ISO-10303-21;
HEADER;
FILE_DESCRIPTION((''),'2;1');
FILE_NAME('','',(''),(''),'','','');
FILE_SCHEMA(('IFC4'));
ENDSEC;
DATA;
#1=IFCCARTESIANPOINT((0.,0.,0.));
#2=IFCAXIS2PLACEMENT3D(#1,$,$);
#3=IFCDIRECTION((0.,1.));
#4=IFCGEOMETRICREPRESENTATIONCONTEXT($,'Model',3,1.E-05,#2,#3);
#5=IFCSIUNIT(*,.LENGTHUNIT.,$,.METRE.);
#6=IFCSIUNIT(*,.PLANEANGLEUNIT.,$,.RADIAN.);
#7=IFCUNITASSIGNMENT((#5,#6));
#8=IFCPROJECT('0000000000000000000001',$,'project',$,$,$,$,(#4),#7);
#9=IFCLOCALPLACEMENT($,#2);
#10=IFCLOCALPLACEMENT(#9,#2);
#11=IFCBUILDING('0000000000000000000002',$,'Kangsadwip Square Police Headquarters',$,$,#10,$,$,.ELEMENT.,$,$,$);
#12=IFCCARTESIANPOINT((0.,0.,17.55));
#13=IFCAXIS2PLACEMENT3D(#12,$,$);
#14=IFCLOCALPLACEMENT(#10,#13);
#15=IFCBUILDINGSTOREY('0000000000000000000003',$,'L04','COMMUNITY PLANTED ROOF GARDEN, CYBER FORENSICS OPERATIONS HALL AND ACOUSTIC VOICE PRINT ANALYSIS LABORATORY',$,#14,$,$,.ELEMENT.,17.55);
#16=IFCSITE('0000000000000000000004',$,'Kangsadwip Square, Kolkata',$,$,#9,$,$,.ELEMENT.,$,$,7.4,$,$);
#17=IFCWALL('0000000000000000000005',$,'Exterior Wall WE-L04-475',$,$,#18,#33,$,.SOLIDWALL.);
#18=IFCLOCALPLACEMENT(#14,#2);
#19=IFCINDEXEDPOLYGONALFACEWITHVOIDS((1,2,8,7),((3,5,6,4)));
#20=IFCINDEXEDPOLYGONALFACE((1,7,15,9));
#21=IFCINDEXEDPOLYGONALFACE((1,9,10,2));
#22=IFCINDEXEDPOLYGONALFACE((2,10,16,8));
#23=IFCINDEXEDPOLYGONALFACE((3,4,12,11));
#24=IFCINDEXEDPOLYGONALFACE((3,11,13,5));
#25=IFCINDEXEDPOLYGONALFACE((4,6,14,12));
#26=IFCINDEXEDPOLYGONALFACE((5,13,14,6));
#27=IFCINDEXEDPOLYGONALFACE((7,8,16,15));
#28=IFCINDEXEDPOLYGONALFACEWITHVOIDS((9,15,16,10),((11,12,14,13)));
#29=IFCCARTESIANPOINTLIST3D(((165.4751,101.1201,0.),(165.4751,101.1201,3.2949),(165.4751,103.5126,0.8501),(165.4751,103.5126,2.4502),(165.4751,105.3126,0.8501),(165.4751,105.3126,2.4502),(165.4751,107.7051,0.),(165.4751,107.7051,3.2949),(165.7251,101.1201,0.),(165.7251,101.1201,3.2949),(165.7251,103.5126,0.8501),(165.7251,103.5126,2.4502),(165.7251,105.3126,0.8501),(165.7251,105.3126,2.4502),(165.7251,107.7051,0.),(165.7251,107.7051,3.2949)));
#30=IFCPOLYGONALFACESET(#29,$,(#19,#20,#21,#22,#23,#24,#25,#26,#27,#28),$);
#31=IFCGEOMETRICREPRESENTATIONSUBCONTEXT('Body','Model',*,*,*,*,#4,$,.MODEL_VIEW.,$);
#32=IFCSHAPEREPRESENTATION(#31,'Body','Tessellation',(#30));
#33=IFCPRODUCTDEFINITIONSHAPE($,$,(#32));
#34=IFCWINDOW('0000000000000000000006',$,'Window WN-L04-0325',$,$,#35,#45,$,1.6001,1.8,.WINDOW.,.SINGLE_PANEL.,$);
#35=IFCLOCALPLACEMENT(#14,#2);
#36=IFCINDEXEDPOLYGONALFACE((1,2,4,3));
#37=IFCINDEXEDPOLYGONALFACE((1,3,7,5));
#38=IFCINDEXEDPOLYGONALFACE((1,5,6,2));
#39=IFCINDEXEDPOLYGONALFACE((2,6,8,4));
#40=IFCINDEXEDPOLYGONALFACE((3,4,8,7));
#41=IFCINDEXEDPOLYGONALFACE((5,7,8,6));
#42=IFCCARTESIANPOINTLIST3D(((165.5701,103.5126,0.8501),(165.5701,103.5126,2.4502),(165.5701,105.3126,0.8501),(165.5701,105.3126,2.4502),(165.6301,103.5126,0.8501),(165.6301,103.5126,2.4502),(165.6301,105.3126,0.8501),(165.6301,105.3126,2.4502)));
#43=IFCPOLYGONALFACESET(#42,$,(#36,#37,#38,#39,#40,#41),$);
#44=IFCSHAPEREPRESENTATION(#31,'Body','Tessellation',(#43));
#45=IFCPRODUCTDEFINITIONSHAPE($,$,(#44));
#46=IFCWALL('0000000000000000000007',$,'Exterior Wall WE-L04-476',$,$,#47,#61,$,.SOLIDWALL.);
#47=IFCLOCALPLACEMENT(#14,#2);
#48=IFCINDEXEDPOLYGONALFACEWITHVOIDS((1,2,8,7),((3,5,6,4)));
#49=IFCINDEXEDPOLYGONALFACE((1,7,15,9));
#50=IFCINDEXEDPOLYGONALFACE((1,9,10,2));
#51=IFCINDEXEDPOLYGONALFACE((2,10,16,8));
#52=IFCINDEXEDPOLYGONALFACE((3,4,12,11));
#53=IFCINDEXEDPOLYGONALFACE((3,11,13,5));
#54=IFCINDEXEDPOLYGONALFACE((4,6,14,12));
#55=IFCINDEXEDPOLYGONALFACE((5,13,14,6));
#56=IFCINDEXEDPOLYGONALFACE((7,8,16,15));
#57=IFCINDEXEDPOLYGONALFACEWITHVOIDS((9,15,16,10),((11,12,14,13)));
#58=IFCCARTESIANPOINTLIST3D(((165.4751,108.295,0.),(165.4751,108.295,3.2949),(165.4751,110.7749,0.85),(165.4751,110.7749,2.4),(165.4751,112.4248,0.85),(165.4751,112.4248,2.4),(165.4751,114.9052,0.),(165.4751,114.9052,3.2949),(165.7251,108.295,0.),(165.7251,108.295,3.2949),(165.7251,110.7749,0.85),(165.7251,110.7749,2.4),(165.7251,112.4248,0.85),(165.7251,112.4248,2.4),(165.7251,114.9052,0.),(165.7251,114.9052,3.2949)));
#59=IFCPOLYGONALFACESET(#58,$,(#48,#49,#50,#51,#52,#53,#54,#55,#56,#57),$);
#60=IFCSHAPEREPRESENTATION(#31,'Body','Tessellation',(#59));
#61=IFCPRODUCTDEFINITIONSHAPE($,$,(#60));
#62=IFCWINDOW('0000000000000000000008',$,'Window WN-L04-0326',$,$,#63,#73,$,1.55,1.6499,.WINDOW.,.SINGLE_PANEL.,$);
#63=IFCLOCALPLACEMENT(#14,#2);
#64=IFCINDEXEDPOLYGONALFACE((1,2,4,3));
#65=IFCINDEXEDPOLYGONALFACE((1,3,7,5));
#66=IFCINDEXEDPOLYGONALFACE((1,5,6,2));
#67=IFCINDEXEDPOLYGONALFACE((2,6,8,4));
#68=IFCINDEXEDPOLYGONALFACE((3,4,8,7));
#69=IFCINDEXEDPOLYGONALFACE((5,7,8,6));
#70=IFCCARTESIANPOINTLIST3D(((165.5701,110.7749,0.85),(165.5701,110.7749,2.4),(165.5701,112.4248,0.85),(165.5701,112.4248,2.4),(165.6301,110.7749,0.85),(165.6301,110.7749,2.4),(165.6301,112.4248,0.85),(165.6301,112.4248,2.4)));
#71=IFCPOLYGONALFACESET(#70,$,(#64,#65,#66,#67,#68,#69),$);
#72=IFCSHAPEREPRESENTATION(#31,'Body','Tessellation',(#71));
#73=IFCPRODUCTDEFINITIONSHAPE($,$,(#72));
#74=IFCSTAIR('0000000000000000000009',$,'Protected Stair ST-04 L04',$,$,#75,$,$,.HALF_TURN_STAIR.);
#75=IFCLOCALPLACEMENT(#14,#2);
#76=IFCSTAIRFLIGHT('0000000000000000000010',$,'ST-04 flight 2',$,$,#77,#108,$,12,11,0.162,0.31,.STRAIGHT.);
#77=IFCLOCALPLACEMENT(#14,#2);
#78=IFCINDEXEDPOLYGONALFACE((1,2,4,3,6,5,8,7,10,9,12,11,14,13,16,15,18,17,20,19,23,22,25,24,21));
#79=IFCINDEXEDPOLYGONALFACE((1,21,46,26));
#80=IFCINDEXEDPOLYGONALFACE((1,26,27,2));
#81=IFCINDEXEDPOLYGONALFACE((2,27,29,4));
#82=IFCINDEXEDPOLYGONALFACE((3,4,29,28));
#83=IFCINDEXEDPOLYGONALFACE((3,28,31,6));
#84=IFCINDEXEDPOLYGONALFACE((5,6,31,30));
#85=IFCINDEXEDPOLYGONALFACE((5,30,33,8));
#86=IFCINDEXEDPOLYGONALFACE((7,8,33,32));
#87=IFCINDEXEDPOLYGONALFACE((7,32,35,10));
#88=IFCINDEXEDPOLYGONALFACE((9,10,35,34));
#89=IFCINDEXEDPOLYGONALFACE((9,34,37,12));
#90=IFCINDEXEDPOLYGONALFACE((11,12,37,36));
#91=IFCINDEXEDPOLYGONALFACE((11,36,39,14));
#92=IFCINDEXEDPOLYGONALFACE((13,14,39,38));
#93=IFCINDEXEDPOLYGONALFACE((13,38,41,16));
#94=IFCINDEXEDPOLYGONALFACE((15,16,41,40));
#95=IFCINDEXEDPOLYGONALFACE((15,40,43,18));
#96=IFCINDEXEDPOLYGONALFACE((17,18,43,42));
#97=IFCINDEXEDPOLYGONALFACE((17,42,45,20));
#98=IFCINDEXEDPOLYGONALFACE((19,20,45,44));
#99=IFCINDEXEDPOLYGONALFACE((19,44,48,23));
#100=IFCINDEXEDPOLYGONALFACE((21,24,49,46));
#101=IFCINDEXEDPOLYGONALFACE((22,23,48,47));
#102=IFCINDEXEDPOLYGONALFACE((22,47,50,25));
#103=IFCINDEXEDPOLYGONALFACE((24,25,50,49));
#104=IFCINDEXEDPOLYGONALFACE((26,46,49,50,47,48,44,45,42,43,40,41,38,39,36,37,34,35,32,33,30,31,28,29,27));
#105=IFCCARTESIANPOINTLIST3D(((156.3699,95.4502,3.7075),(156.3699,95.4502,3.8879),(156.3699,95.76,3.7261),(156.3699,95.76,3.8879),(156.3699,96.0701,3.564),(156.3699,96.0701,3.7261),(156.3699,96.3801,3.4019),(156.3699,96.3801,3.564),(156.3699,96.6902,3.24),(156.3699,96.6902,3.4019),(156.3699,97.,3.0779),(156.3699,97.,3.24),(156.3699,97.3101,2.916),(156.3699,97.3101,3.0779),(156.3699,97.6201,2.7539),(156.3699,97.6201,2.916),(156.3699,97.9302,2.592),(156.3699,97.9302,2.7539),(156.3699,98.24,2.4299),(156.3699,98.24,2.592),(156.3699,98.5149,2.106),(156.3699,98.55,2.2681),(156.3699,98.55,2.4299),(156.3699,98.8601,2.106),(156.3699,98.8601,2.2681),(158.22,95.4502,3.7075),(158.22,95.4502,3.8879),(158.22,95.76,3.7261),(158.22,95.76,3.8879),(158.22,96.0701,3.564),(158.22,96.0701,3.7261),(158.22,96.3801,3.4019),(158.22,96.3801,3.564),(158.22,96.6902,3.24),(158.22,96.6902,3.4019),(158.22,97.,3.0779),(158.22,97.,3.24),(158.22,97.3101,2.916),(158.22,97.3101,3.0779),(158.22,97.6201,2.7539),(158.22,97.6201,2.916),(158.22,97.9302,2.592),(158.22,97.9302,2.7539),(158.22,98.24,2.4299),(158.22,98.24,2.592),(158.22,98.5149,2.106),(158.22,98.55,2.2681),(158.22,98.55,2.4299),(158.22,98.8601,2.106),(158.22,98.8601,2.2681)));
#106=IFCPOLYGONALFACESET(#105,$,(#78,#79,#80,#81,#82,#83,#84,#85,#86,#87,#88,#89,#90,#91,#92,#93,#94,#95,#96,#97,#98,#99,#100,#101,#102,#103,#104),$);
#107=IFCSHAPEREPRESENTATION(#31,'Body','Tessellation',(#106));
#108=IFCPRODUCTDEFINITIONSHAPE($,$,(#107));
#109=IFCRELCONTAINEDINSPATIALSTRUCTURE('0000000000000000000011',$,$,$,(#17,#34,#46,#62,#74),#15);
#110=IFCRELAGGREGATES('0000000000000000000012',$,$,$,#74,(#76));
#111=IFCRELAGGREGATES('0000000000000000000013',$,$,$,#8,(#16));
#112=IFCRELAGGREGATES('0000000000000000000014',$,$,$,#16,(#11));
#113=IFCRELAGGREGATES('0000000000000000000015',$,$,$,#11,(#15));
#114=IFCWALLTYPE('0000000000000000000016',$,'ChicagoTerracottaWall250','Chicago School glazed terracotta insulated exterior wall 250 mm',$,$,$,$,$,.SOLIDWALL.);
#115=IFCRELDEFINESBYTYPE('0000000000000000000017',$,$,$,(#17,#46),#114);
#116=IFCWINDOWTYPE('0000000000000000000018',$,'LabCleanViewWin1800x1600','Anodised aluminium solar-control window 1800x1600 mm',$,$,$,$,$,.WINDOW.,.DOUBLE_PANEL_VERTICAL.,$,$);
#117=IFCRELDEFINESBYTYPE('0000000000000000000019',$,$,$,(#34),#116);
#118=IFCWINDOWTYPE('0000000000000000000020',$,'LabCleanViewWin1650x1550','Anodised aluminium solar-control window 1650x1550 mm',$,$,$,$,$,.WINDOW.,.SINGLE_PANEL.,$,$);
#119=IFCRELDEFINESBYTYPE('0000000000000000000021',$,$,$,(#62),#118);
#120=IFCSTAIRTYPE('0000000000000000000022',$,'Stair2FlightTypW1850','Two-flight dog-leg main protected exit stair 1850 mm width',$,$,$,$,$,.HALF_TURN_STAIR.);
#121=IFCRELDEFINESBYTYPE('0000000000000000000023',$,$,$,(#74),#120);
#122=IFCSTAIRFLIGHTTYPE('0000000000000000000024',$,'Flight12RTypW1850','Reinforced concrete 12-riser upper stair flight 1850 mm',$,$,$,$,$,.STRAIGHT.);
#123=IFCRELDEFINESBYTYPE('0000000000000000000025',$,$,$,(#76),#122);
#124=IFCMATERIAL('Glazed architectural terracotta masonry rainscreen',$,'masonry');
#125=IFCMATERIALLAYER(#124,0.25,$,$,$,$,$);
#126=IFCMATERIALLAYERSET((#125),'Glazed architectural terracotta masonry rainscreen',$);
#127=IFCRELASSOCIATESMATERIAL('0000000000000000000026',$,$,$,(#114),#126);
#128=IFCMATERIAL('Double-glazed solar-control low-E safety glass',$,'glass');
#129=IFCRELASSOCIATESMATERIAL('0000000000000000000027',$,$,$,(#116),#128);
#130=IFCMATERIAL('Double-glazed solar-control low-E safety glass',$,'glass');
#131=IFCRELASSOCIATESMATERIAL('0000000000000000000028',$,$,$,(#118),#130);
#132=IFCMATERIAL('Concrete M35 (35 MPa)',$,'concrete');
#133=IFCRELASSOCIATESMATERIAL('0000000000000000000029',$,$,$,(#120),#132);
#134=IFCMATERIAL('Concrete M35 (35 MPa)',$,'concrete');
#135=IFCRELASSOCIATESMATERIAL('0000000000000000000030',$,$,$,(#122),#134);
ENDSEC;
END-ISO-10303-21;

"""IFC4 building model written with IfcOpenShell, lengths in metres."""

from ifc_helpers import new_model, si_unit, direction, frame, frame_2d, origin, place, context, subcontext, project, spatial, polyline, rectangle, outline, extrude, material, layer, layer_set, type_object, element, fill, aggregate, save


model = new_model("IFC4")

# Units and contexts
model_context = context("Model", 3, precision=1e-05, world=origin(), true_north=direction((0.0, 1.0)))
body_context = subcontext(model_context, "Body", "Model", "MODEL_VIEW")
ifc_project = project(units=[si_unit("LENGTHUNIT", "METRE"), si_unit("PLANEANGLEUNIT", "RADIAN")], contexts=[model_context])

# Site, building, storey
site_placement = place(None, origin())
site = spatial("IfcSite", under=ifc_project, at=site_placement, Name="Kangsadwip Square, Kolkata", CompositionType="ELEMENT", RefElevation=7.4)
building_placement = place(site_placement, origin())
building = spatial("IfcBuilding", under=site, at=building_placement, Name="Kangsadwip Square Police Headquarters", CompositionType="ELEMENT")
storey_placement = place(building_placement, frame((0.0, 0.0, 17.55)))
storey = spatial("IfcBuildingStorey", under=building, at=storey_placement, Name="L04", Description="COMMUNITY PLANTED ROOF GARDEN, CYBER FORENSICS OPERATIONS HALL AND ACOUSTIC VOICE PRINT ANALYSIS LABORATORY", CompositionType="ELEMENT", Elevation=17.55)

# Walls, openings, windows
ifc_material_1 = material(Name="Glazed architectural terracotta masonry rainscreen", Category="masonry")
ifc_layer_1 = layer(ifc_material_1, 0.25)
ifc_layer_set_1 = layer_set([ifc_layer_1], Name="Glazed architectural terracotta masonry rainscreen")
wall_type = type_object("IfcWallType", Name="ChicagoTerracottaWall250", Description="Chicago School glazed terracotta insulated exterior wall 250 mm", PredefinedType="SOLIDWALL", material=ifc_layer_set_1)
wall_1_placement = place(storey_placement, frame((165.6001, 101.1201, 0.0), z_axis=(0.0, 0.0, 1.0), x_axis=(0.0, 1.0, 0.0)))
wall_1 = element("IfcWall", 1, at=wall_1_placement, inside=storey, type_object=wall_type, Name="Exterior Wall WE-L04-475", PredefinedType="SOLIDWALL", context=body_context, shape_type="SweptSolid", body=[
    extrude(rectangle(XDim=6.585, YDim=0.25, at=frame_2d((3.2925, 0.0))), origin(), (0.0, 0.0, 1.0), 3.2949),
])
opening_1_placement = place(wall_1_placement, frame((2.3926, 0.0, 0.8501)))
opening_1 = element("IfcOpeningElement", 2, at=opening_1_placement, cuts=wall_1, PredefinedType="OPENING", context=body_context, shape_type="SweptSolid", body=[
    extrude(rectangle(XDim=1.8, YDim=1.6001, at=frame_2d((0.8999, 0.8))), frame((0.0, 0.135, 0.0), z_axis=(0.0, -1.0, 0.0), x_axis=(1.0, 0.0, 0.0)), (0.0, 0.0, 1.0), 0.27),
])
ifc_material_2 = material(Name="Double-glazed solar-control low-E safety glass", Category="glass")
window_type_1 = type_object("IfcWindowType", Name="LabCleanViewWin1800x1600", Description="Anodised aluminium solar-control window 1800x1600 mm", PartitioningType="DOUBLE_PANEL_VERTICAL", PredefinedType="WINDOW", material=ifc_material_2)
window_1_placement = place(opening_1_placement, origin())
window_1 = element("IfcWindow", 3, at=window_1_placement, inside=storey, type_object=window_type_1, Name="Window WN-L04-0325", OverallHeight=1.6001, OverallWidth=1.8, PartitioningType="SINGLE_PANEL", PredefinedType="WINDOW", context=body_context, shape_type="SweptSolid", body=[
    extrude(rectangle(XDim=1.8, YDim=1.6001, at=frame_2d((0.8999, 0.8))), frame((0.0, 0.03, 0.0), z_axis=(0.0, -1.0, 0.0), x_axis=(1.0, 0.0, 0.0)), (0.0, 0.0, 1.0), 0.0601),
])
fill(opening_1, window_1)
wall_2_placement = place(storey_placement, frame((165.6001, 108.2949, 0.0), z_axis=(0.0, 0.0, 1.0), x_axis=(0.0, 1.0, 0.0)))
wall_2 = element("IfcWall", 4, at=wall_2_placement, inside=storey, type_object=wall_type, Name="Exterior Wall WE-L04-476", PredefinedType="SOLIDWALL", context=body_context, shape_type="SweptSolid", body=[
    extrude(rectangle(XDim=6.6101, YDim=0.25, at=frame_2d((3.3052, 0.0))), origin(), (0.0, 0.0, 1.0), 3.2949),
])
opening_2_placement = place(wall_2_placement, frame((2.48, 0.0, 0.8501)))
opening_2 = element("IfcOpeningElement", 5, at=opening_2_placement, cuts=wall_2, PredefinedType="OPENING", context=body_context, shape_type="SweptSolid", body=[
    extrude(rectangle(XDim=1.6499, YDim=1.55, at=frame_2d((0.825, 0.7749))), frame((0.0, 0.135, 0.0), z_axis=(0.0, -1.0, 0.0), x_axis=(1.0, 0.0, 0.0)), (0.0, 0.0, 1.0), 0.27),
])
ifc_material_3 = material(Name="Double-glazed solar-control low-E safety glass", Category="glass")
window_type_2 = type_object("IfcWindowType", Name="LabCleanViewWin1650x1550", Description="Anodised aluminium solar-control window 1650x1550 mm", PartitioningType="SINGLE_PANEL", PredefinedType="WINDOW", material=ifc_material_3)
window_2_placement = place(opening_2_placement, origin())
window_2 = element("IfcWindow", 6, at=window_2_placement, inside=storey, type_object=window_type_2, Name="Window WN-L04-0326", OverallHeight=1.55, OverallWidth=1.6499, PartitioningType="SINGLE_PANEL", PredefinedType="WINDOW", context=body_context, shape_type="SweptSolid", body=[
    extrude(rectangle(XDim=1.6499, YDim=1.55, at=frame_2d((0.825, 0.7749))), frame((0.0, 0.03, 0.0), z_axis=(0.0, -1.0, 0.0), x_axis=(1.0, 0.0, 0.0)), (0.0, 0.0, 1.0), 0.0601),
])
fill(opening_2, window_2)

# Stair, stair flight
ifc_material_4 = material(Name="Concrete M35 (35 MPa)", Category="concrete")
stair_type = type_object("IfcStairType", Name="Stair2FlightTypW1850", Description="Two-flight dog-leg main protected exit stair 1850 mm width", PredefinedType="HALF_TURN_STAIR", material=ifc_material_4)
stair_placement = place(storey_placement, origin())
stair = element("IfcStair", 7, at=stair_placement, inside=storey, type_object=stair_type, Name="Protected Stair ST-04 L04", PredefinedType="HALF_TURN_STAIR")
ifc_material_5 = material(Name="Concrete M35 (35 MPa)", Category="concrete")
stair_flight_type = type_object("IfcStairFlightType", Name="Flight12RTypW1850", Description="Reinforced concrete 12-riser upper stair flight 1850 mm", PredefinedType="STRAIGHT", material=ifc_material_5)
stair_flight_placement = place(storey_placement, frame((157.2949, 98.8601, 2.106), z_axis=(0.0, 0.0, 1.0), x_axis=(0.0, -1.0, 0.0)))
stair_flight = element("IfcStairFlight", 8, at=stair_flight_placement, type_object=stair_flight_type, Name="ST-04 flight 2", NumberOfRisers=12, NumberOfTreads=11, PredefinedType="STRAIGHT", RiserHeight=0.162, TreadLength=0.31, context=body_context, shape_type="SweptSolid", body=[
    extrude(outline(polyline([(0.0, 0.0), (0.0, 0.1621), (0.3101, 0.1621), (0.3101, 0.324), (0.6201, 0.324), (0.6201, 0.4861), (0.9299, 0.4861), (0.9299, 0.6479), (1.24, 0.6479), (1.24, 0.8101), (1.55, 0.8101), (1.55, 0.9719), (1.8601, 0.9719), (1.8601, 1.134), (2.1699, 1.134), (2.1699, 1.2959), (2.48, 1.2959), (2.48, 1.458), (2.79, 1.458), (2.79, 1.6201), (3.1001, 1.6201), (3.1001, 1.782), (3.4099, 1.782), (3.4099, 1.9441), (3.4099, 1.6016), (0.3452, 0.0), (0.0, 0.0)])), frame((0.0, 0.925, 0.0), z_axis=(0.0, -1.0, 0.0), x_axis=(1.0, 0.0, 0.0)), (0.0, 0.0, 1.0), 1.8501),
])
aggregate(stair, [stair_flight])

save(model, "model.ifc")
